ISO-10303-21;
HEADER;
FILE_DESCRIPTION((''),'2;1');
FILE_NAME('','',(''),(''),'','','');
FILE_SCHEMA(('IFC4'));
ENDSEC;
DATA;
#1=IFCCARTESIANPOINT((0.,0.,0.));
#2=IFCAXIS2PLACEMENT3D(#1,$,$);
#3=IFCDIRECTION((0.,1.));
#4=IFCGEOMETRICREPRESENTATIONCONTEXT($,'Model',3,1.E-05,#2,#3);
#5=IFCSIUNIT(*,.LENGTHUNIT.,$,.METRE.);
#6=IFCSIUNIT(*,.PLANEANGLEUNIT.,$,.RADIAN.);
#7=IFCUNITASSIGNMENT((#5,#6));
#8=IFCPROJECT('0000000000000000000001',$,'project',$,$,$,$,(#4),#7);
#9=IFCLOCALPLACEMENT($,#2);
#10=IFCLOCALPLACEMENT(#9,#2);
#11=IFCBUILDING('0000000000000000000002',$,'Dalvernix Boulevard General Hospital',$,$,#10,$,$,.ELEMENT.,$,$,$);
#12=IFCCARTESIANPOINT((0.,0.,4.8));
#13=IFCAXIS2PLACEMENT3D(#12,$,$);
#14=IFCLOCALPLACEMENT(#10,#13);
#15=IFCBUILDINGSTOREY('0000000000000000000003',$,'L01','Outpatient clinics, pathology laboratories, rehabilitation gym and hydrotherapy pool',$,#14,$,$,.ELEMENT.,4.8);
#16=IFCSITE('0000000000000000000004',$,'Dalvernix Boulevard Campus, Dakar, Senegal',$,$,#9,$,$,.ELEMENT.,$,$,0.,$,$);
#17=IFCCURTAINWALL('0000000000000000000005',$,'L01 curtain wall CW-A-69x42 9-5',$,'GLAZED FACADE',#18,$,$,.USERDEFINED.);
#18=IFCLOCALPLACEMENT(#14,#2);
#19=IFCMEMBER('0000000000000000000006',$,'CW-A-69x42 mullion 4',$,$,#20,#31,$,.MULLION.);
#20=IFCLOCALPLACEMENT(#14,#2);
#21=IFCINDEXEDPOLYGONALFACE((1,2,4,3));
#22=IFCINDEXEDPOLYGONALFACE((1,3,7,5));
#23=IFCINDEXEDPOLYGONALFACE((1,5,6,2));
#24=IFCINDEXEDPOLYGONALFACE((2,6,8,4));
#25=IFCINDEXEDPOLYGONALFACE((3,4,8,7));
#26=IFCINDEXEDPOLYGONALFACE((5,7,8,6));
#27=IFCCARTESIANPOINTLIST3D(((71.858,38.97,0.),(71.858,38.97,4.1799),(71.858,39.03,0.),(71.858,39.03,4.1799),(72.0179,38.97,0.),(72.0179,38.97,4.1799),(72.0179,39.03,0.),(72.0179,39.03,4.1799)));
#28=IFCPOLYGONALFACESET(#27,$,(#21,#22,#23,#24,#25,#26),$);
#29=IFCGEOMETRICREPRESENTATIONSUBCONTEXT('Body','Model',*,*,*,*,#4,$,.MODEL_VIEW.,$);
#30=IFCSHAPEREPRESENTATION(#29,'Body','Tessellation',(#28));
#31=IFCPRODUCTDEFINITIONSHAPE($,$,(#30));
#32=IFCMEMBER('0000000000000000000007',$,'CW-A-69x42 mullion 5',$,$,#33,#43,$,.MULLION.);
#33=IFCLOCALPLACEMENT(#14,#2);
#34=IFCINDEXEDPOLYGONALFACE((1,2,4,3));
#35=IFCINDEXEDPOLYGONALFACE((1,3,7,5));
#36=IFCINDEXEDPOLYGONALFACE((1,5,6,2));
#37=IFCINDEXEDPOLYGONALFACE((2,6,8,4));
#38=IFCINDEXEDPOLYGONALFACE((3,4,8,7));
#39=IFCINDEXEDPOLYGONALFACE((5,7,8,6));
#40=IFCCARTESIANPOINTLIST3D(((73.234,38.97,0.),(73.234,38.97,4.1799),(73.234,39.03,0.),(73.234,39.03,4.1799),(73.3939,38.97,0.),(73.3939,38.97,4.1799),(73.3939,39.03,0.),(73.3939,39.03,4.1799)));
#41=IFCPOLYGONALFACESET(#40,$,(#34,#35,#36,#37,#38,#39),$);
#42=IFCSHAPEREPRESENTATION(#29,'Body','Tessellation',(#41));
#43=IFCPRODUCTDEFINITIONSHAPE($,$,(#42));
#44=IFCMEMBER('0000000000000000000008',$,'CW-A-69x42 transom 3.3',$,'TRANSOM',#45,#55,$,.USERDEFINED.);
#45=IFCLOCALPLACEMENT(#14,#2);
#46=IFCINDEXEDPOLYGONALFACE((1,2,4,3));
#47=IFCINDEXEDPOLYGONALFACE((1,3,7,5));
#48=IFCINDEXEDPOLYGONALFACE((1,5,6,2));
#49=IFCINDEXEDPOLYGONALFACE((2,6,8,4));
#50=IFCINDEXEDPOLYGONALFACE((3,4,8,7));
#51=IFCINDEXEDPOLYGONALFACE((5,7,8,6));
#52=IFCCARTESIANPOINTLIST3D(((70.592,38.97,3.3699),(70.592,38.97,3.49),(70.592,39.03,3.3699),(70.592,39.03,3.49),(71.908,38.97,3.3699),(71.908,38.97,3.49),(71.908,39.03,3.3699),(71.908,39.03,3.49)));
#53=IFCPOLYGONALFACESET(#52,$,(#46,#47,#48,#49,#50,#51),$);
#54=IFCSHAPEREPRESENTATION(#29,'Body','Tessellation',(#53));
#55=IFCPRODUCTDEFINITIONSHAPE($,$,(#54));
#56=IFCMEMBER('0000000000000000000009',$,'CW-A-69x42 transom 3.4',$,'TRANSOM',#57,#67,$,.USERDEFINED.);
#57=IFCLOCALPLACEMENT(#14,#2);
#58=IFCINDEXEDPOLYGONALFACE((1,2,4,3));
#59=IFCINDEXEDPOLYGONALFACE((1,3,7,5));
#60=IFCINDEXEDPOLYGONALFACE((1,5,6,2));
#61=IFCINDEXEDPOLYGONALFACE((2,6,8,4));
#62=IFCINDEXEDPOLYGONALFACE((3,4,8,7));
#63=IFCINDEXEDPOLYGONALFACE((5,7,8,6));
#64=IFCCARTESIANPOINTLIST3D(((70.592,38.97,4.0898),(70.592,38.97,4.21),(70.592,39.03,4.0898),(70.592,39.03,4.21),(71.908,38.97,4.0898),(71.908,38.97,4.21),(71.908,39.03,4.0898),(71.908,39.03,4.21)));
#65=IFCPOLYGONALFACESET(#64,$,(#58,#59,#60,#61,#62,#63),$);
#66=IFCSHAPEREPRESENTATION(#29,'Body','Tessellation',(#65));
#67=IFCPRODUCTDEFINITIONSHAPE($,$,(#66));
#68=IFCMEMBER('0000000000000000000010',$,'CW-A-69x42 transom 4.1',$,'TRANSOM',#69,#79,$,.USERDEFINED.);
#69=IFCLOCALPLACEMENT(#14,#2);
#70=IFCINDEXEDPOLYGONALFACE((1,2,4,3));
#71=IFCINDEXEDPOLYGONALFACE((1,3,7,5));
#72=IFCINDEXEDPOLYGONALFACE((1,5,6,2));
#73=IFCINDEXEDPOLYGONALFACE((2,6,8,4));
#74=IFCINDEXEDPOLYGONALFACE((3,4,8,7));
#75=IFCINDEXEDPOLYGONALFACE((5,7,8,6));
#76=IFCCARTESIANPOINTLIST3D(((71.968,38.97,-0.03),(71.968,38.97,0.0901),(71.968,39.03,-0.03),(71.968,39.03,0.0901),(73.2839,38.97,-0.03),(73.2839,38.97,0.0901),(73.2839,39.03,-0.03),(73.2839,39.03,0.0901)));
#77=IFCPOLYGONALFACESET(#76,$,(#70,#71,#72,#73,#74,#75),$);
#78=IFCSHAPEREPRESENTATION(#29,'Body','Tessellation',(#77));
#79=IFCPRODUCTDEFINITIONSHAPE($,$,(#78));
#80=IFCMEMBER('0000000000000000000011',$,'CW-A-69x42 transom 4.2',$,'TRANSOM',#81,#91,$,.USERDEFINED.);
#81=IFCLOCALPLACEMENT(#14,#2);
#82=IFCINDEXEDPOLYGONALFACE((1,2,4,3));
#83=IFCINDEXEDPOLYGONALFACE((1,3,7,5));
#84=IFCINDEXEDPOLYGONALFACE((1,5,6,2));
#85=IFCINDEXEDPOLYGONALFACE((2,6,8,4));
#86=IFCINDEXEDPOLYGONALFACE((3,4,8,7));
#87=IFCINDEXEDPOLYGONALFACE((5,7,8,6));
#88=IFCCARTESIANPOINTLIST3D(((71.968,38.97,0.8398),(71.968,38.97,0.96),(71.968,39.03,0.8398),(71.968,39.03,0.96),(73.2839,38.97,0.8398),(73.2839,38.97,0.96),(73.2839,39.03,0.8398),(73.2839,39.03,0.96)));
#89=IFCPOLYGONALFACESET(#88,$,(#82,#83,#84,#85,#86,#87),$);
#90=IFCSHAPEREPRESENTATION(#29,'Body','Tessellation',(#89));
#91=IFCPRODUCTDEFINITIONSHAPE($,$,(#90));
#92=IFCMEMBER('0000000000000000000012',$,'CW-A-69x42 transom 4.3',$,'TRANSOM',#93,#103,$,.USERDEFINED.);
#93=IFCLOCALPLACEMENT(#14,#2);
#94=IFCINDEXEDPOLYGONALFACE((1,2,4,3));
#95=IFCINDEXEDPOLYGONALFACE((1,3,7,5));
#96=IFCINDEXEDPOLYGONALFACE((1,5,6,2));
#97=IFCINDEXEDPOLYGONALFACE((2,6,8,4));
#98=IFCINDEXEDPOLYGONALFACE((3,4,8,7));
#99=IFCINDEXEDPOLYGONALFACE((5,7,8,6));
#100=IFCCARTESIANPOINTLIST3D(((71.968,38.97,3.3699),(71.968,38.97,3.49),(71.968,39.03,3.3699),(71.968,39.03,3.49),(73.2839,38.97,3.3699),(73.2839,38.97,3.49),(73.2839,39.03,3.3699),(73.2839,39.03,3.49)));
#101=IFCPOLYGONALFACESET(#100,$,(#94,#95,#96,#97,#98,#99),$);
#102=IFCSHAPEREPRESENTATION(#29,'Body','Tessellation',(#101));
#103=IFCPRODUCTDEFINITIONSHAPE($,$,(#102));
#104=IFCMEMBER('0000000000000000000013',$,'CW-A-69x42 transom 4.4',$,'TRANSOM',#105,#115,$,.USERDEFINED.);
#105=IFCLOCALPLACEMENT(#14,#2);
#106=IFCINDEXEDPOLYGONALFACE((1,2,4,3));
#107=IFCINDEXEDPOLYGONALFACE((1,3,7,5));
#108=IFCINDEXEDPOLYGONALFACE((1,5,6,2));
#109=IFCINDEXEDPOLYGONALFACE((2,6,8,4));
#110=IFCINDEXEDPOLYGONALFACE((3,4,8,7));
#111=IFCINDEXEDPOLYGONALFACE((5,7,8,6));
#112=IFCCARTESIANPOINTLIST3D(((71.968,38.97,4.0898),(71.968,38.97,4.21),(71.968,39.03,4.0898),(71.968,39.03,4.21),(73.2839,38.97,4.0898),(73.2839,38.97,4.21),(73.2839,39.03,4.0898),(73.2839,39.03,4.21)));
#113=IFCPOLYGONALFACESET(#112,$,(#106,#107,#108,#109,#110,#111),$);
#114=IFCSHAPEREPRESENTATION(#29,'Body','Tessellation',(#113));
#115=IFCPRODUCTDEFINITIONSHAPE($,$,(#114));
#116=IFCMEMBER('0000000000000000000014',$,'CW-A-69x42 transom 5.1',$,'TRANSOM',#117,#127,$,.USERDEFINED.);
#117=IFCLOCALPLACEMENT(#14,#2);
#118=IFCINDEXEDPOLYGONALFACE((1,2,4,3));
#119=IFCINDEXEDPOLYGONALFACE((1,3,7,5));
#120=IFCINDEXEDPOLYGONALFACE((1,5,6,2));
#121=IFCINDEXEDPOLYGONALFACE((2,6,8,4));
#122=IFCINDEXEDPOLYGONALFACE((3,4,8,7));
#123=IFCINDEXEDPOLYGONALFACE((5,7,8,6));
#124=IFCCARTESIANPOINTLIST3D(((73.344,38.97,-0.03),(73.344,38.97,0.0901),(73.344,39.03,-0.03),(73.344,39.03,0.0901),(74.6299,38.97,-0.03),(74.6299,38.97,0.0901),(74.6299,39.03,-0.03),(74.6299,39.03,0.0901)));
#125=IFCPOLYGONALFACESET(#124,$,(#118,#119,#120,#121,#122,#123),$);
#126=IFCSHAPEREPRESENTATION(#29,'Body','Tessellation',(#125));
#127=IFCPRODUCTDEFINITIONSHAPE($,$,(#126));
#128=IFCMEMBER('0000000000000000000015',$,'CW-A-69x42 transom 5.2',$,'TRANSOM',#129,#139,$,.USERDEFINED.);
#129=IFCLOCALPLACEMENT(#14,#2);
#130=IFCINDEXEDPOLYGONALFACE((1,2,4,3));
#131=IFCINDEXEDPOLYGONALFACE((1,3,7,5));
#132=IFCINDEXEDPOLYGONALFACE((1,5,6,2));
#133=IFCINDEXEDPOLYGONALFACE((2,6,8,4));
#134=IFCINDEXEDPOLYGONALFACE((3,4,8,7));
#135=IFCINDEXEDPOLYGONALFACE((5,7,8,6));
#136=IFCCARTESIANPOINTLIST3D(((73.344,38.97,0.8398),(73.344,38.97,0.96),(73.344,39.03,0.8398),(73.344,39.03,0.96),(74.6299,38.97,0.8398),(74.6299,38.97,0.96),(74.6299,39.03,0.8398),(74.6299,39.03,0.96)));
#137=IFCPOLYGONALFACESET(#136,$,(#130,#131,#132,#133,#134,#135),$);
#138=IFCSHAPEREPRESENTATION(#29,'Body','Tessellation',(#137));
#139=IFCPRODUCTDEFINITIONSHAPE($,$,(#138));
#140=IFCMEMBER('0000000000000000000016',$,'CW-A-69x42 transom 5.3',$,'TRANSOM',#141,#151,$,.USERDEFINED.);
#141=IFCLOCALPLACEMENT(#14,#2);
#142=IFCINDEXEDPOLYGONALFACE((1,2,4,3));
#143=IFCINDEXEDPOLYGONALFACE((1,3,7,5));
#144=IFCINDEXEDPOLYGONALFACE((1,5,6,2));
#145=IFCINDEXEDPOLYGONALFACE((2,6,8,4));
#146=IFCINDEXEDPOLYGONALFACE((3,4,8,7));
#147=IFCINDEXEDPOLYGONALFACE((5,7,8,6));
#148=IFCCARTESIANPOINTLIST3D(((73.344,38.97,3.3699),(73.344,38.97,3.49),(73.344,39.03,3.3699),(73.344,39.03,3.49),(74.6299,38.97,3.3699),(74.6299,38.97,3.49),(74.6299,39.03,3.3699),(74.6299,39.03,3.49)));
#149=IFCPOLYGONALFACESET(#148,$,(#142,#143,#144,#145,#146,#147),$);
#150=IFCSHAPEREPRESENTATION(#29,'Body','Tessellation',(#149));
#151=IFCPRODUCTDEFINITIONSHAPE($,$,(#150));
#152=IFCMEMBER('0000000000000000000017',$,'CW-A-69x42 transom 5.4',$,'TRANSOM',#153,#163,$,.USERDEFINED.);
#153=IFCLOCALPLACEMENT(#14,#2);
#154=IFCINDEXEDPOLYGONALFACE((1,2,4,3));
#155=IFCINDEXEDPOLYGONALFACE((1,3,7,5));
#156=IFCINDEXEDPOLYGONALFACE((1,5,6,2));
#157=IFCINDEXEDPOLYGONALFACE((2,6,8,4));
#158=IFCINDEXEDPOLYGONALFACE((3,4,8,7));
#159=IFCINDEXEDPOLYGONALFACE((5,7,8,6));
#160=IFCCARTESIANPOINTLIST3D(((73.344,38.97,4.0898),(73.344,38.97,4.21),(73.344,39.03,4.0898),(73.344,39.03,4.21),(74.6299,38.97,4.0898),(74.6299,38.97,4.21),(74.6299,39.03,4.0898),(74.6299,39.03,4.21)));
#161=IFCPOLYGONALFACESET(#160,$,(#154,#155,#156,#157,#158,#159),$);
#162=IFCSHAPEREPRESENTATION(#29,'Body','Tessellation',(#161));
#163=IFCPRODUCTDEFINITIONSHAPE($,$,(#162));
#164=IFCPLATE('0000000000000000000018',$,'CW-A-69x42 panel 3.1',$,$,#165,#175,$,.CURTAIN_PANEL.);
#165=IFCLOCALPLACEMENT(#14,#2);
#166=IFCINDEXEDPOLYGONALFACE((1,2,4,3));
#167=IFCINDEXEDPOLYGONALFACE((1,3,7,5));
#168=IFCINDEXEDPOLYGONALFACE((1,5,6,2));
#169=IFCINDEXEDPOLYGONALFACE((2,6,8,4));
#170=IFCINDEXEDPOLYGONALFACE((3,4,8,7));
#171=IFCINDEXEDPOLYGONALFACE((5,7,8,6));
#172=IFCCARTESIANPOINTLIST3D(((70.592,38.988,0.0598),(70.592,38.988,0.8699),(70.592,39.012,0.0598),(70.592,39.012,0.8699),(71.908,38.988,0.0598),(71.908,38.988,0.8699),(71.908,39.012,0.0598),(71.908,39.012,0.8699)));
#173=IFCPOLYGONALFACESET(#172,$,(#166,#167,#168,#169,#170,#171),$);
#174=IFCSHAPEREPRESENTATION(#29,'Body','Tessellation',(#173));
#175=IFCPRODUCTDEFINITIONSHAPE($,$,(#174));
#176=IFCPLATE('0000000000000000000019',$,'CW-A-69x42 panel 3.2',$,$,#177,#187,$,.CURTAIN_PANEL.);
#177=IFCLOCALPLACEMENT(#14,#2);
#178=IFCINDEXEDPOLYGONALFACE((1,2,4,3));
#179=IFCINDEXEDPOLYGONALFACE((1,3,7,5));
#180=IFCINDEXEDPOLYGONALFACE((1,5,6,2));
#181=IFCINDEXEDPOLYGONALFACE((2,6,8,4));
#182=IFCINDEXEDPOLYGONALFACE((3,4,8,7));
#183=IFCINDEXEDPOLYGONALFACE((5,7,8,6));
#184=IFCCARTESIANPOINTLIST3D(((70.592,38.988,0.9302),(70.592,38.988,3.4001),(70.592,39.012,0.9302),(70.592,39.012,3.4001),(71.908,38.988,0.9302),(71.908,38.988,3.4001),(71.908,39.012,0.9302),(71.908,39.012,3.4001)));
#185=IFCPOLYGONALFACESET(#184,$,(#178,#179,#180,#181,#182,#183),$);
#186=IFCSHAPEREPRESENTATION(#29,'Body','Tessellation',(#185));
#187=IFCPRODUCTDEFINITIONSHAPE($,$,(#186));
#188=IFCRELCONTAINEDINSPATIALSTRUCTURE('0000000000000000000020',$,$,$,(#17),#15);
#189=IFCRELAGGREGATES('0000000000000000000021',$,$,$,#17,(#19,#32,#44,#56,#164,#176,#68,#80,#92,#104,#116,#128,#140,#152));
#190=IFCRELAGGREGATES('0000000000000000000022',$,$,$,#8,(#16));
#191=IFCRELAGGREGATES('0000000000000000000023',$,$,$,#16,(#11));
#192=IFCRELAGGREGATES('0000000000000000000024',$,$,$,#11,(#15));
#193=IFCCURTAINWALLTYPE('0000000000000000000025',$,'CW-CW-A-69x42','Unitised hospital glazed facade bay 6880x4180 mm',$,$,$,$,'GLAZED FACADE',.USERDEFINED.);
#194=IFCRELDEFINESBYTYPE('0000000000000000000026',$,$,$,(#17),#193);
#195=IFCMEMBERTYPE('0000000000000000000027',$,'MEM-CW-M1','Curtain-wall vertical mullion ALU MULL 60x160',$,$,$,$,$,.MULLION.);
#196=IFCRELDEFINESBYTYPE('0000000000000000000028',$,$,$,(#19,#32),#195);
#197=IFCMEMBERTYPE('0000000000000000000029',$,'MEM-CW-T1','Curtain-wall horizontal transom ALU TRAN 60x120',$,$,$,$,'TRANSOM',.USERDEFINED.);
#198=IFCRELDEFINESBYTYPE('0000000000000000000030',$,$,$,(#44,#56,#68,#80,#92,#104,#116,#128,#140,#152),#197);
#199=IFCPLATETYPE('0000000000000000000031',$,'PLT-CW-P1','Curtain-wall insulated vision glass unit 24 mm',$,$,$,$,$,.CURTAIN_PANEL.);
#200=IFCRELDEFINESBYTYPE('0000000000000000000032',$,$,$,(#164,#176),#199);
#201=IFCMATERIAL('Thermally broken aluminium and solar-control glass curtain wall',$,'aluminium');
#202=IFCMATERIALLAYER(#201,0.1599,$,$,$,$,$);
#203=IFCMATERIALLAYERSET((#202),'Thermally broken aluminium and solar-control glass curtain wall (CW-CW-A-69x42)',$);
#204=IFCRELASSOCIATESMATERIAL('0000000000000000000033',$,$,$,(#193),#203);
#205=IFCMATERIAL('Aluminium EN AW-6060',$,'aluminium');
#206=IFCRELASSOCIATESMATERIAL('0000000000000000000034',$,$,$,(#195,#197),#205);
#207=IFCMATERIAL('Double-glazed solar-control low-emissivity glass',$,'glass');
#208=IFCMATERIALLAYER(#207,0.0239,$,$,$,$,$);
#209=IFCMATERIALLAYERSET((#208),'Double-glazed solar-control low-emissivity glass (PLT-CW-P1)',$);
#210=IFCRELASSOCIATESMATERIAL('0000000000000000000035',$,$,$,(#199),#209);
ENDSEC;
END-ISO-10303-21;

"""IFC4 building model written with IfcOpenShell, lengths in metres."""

from ifc_helpers import new_model, si_unit, direction, frame, origin, origin_2d, place, context, subcontext, project, spatial, rectangle, extrude, material, layer, layer_set, material_profile, profile_set, type_object, element, aggregate, save


model = new_model("IFC4")

# Units and contexts
model_context = context("Model", 3, precision=1e-05, world=origin(), true_north=direction((0.0, 1.0)))
body_context = subcontext(model_context, "Body", "Model", "MODEL_VIEW")
ifc_project = project(units=[si_unit("LENGTHUNIT", "METRE"), si_unit("PLANEANGLEUNIT", "RADIAN")], contexts=[model_context])

# Site, building, storey
site_placement = place(None, origin())
site = spatial("IfcSite", under=ifc_project, at=site_placement, Name="Dalvernix Boulevard Campus, Dakar, Senegal", CompositionType="ELEMENT", RefElevation=0.0)
building_placement = place(site_placement, origin())
building = spatial("IfcBuilding", under=site, at=building_placement, Name="Dalvernix Boulevard General Hospital", CompositionType="ELEMENT")
storey_placement = place(building_placement, frame((0.0, 0.0, 4.8)))
storey = spatial("IfcBuildingStorey", under=building, at=storey_placement, Name="L01", Description="Outpatient clinics, pathology laboratories, rehabilitation gym and hydrotherapy pool", CompositionType="ELEMENT", Elevation=4.8)

# Curtain wall, members, plates
ifc_material_1 = material(Name="Thermally broken aluminium and solar-control glass curtain wall", Category="aluminium")
ifc_layer_1 = layer(ifc_material_1, 0.1599)
ifc_layer_set_1 = layer_set([ifc_layer_1], Name="Thermally broken aluminium and solar-control glass curtain wall (CW-CW-A-69x42)")
curtain_wall_type = type_object("IfcCurtainWallType", Name="CW-CW-A-69x42", Description="Unitised hospital glazed facade bay 6880x4180 mm", ElementType="GLAZED FACADE", PredefinedType="USERDEFINED", material=ifc_layer_set_1)
curtain_wall_placement = place(storey_placement, origin())
curtain_wall = element("IfcCurtainWall", 1, at=curtain_wall_placement, inside=storey, type_object=curtain_wall_type, Name="L01 curtain wall CW-A-69x42 9-5", ObjectType="GLAZED FACADE", PredefinedType="USERDEFINED")
ifc_material_2 = material(Name="Aluminium EN AW-6060", Category="aluminium")
ifc_material_profile_1 = material_profile(ifc_material_2, rectangle(XDim=0.0601, YDim=0.1599, at=origin_2d()), Name="ALU MULL 60x160")
ifc_profile_set_1 = profile_set([ifc_material_profile_1], Name="Aluminium EN AW-6060")
member_type_1 = type_object("IfcMemberType", Name="MEM-CW-M1", Description="Curtain-wall vertical mullion ALU MULL 60x160", PredefinedType="MULLION", material=ifc_profile_set_1)
member_1_placement = place(storey_placement, frame((71.938, 39.0, 0.0), z_axis=(0.0, 0.0, 1.0), x_axis=(0.0, 1.0, 0.0)))
member_1 = element("IfcMember", 2, at=member_1_placement, type_object=member_type_1, Name="CW-A-69x42 mullion 4", PredefinedType="MULLION", context=body_context, shape_type="SweptSolid", body=[
    extrude(rectangle(XDim=0.0601, YDim=0.1599, at=origin_2d()), origin(), (0.0, 0.0, 1.0), 4.1799),
])
member_2_placement = place(storey_placement, frame((73.314, 39.0, 0.0), z_axis=(0.0, 0.0, 1.0), x_axis=(0.0, 1.0, 0.0)))
member_2 = element("IfcMember", 3, at=member_2_placement, type_object=member_type_1, Name="CW-A-69x42 mullion 5", PredefinedType="MULLION", context=body_context, shape_type="SweptSolid", body=[
    extrude(rectangle(XDim=0.0601, YDim=0.1599, at=origin_2d()), origin(), (0.0, 0.0, 1.0), 4.1799),
])
ifc_material_profile_2 = material_profile(ifc_material_2, rectangle(XDim=0.0601, YDim=0.1201, at=origin_2d()), Name="ALU TRAN 60x120")
ifc_profile_set_2 = profile_set([ifc_material_profile_2], Name="Aluminium EN AW-6060")
member_type_2 = type_object("IfcMemberType", Name="MEM-CW-T1", Description="Curtain-wall horizontal transom ALU TRAN 60x120", ElementType="TRANSOM", PredefinedType="USERDEFINED", material=ifc_profile_set_2)
member_3_placement = place(storey_placement, frame((70.592, 39.0, 3.4299), z_axis=(1.0, 0.0, 0.0), x_axis=(0.0, 1.0, 0.0)))
member_3 = element("IfcMember", 4, at=member_3_placement, type_object=member_type_2, Name="CW-A-69x42 transom 3.3", ObjectType="TRANSOM", PredefinedType="USERDEFINED", context=body_context, shape_type="SweptSolid", body=[
    extrude(rectangle(XDim=0.0601, YDim=0.1201, at=origin_2d()), origin(), (0.0, 0.0, 1.0), 1.3159),
])
member_4_placement = place(storey_placement, frame((70.592, 39.0, 4.1499), z_axis=(1.0, 0.0, 0.0), x_axis=(0.0, 1.0, 0.0)))
member_4 = element("IfcMember", 5, at=member_4_placement, type_object=member_type_2, Name="CW-A-69x42 transom 3.4", ObjectType="TRANSOM", PredefinedType="USERDEFINED", context=body_context, shape_type="SweptSolid", body=[
    extrude(rectangle(XDim=0.0601, YDim=0.1201, at=origin_2d()), origin(), (0.0, 0.0, 1.0), 1.3159),
])
member_5_placement = place(storey_placement, frame((71.968, 39.0, 0.03), z_axis=(1.0, 0.0, 0.0), x_axis=(0.0, 1.0, 0.0)))
member_5 = element("IfcMember", 6, at=member_5_placement, type_object=member_type_2, Name="CW-A-69x42 transom 4.1", ObjectType="TRANSOM", PredefinedType="USERDEFINED", context=body_context, shape_type="SweptSolid", body=[
    extrude(rectangle(XDim=0.0601, YDim=0.1201, at=origin_2d()), origin(), (0.0, 0.0, 1.0), 1.3159),
])
member_6_placement = place(storey_placement, frame((71.968, 39.0, 0.8999), z_axis=(1.0, 0.0, 0.0), x_axis=(0.0, 1.0, 0.0)))
member_6 = element("IfcMember", 7, at=member_6_placement, type_object=member_type_2, Name="CW-A-69x42 transom 4.2", ObjectType="TRANSOM", PredefinedType="USERDEFINED", context=body_context, shape_type="SweptSolid", body=[
    extrude(rectangle(XDim=0.0601, YDim=0.1201, at=origin_2d()), origin(), (0.0, 0.0, 1.0), 1.3159),
])
member_7_placement = place(storey_placement, frame((71.968, 39.0, 3.4299), z_axis=(1.0, 0.0, 0.0), x_axis=(0.0, 1.0, 0.0)))
member_7 = element("IfcMember", 8, at=member_7_placement, type_object=member_type_2, Name="CW-A-69x42 transom 4.3", ObjectType="TRANSOM", PredefinedType="USERDEFINED", context=body_context, shape_type="SweptSolid", body=[
    extrude(rectangle(XDim=0.0601, YDim=0.1201, at=origin_2d()), origin(), (0.0, 0.0, 1.0), 1.3159),
])
member_8_placement = place(storey_placement, frame((71.968, 39.0, 4.1499), z_axis=(1.0, 0.0, 0.0), x_axis=(0.0, 1.0, 0.0)))
member_8 = element("IfcMember", 9, at=member_8_placement, type_object=member_type_2, Name="CW-A-69x42 transom 4.4", ObjectType="TRANSOM", PredefinedType="USERDEFINED", context=body_context, shape_type="SweptSolid", body=[
    extrude(rectangle(XDim=0.0601, YDim=0.1201, at=origin_2d()), origin(), (0.0, 0.0, 1.0), 1.3159),
])
member_9_placement = place(storey_placement, frame((73.344, 39.0, 0.03), z_axis=(1.0, 0.0, 0.0), x_axis=(0.0, 1.0, 0.0)))
member_9 = element("IfcMember", 10, at=member_9_placement, type_object=member_type_2, Name="CW-A-69x42 transom 5.1", ObjectType="TRANSOM", PredefinedType="USERDEFINED", context=body_context, shape_type="SweptSolid", body=[
    extrude(rectangle(XDim=0.0601, YDim=0.1201, at=origin_2d()), origin(), (0.0, 0.0, 1.0), 1.2859),
])
member_10_placement = place(storey_placement, frame((73.344, 39.0, 0.8999), z_axis=(1.0, 0.0, 0.0), x_axis=(0.0, 1.0, 0.0)))
member_10 = element("IfcMember", 11, at=member_10_placement, type_object=member_type_2, Name="CW-A-69x42 transom 5.2", ObjectType="TRANSOM", PredefinedType="USERDEFINED", context=body_context, shape_type="SweptSolid", body=[
    extrude(rectangle(XDim=0.0601, YDim=0.1201, at=origin_2d()), origin(), (0.0, 0.0, 1.0), 1.2859),
])
member_11_placement = place(storey_placement, frame((73.344, 39.0, 3.4299), z_axis=(1.0, 0.0, 0.0), x_axis=(0.0, 1.0, 0.0)))
member_11 = element("IfcMember", 12, at=member_11_placement, type_object=member_type_2, Name="CW-A-69x42 transom 5.3", ObjectType="TRANSOM", PredefinedType="USERDEFINED", context=body_context, shape_type="SweptSolid", body=[
    extrude(rectangle(XDim=0.0601, YDim=0.1201, at=origin_2d()), origin(), (0.0, 0.0, 1.0), 1.2859),
])
member_12_placement = place(storey_placement, frame((73.344, 39.0, 4.1499), z_axis=(1.0, 0.0, 0.0), x_axis=(0.0, 1.0, 0.0)))
member_12 = element("IfcMember", 13, at=member_12_placement, type_object=member_type_2, Name="CW-A-69x42 transom 5.4", ObjectType="TRANSOM", PredefinedType="USERDEFINED", context=body_context, shape_type="SweptSolid", body=[
    extrude(rectangle(XDim=0.0601, YDim=0.1201, at=origin_2d()), origin(), (0.0, 0.0, 1.0), 1.2859),
])
ifc_material_3 = material(Name="Double-glazed solar-control low-emissivity glass", Category="glass")
ifc_layer_2 = layer(ifc_material_3, 0.0239)
ifc_layer_set_2 = layer_set([ifc_layer_2], Name="Double-glazed solar-control low-emissivity glass (PLT-CW-P1)")
plate_type = type_object("IfcPlateType", Name="PLT-CW-P1", Description="Curtain-wall insulated vision glass unit 24 mm", PredefinedType="CURTAIN_PANEL", material=ifc_layer_set_2)
plate_1_placement = place(storey_placement, frame((71.25, 39.0, 0.0598), z_axis=(0.0, 0.0, 1.0), x_axis=(1.0, 0.0, 0.0)))
plate_1 = element("IfcPlate", 14, at=plate_1_placement, type_object=plate_type, Name="CW-A-69x42 panel 3.1", PredefinedType="CURTAIN_PANEL", context=body_context, shape_type="SweptSolid", body=[
    extrude(rectangle(XDim=1.3159, YDim=0.0239, at=origin_2d()), origin(), (0.0, 0.0, 1.0), 0.8101),
])
plate_2_placement = place(storey_placement, frame((71.25, 39.0, 0.9302), z_axis=(0.0, 0.0, 1.0), x_axis=(1.0, 0.0, 0.0)))
plate_2 = element("IfcPlate", 15, at=plate_2_placement, type_object=plate_type, Name="CW-A-69x42 panel 3.2", PredefinedType="CURTAIN_PANEL", context=body_context, shape_type="SweptSolid", body=[
    extrude(rectangle(XDim=1.3159, YDim=0.0239, at=origin_2d()), origin(), (0.0, 0.0, 1.0), 2.47),
])
aggregate(curtain_wall, [member_1, member_2, member_3, member_4, plate_1, plate_2, member_5, member_6, member_7, member_8, member_9, member_10, member_11, member_12])

save(model, "model.ifc")
